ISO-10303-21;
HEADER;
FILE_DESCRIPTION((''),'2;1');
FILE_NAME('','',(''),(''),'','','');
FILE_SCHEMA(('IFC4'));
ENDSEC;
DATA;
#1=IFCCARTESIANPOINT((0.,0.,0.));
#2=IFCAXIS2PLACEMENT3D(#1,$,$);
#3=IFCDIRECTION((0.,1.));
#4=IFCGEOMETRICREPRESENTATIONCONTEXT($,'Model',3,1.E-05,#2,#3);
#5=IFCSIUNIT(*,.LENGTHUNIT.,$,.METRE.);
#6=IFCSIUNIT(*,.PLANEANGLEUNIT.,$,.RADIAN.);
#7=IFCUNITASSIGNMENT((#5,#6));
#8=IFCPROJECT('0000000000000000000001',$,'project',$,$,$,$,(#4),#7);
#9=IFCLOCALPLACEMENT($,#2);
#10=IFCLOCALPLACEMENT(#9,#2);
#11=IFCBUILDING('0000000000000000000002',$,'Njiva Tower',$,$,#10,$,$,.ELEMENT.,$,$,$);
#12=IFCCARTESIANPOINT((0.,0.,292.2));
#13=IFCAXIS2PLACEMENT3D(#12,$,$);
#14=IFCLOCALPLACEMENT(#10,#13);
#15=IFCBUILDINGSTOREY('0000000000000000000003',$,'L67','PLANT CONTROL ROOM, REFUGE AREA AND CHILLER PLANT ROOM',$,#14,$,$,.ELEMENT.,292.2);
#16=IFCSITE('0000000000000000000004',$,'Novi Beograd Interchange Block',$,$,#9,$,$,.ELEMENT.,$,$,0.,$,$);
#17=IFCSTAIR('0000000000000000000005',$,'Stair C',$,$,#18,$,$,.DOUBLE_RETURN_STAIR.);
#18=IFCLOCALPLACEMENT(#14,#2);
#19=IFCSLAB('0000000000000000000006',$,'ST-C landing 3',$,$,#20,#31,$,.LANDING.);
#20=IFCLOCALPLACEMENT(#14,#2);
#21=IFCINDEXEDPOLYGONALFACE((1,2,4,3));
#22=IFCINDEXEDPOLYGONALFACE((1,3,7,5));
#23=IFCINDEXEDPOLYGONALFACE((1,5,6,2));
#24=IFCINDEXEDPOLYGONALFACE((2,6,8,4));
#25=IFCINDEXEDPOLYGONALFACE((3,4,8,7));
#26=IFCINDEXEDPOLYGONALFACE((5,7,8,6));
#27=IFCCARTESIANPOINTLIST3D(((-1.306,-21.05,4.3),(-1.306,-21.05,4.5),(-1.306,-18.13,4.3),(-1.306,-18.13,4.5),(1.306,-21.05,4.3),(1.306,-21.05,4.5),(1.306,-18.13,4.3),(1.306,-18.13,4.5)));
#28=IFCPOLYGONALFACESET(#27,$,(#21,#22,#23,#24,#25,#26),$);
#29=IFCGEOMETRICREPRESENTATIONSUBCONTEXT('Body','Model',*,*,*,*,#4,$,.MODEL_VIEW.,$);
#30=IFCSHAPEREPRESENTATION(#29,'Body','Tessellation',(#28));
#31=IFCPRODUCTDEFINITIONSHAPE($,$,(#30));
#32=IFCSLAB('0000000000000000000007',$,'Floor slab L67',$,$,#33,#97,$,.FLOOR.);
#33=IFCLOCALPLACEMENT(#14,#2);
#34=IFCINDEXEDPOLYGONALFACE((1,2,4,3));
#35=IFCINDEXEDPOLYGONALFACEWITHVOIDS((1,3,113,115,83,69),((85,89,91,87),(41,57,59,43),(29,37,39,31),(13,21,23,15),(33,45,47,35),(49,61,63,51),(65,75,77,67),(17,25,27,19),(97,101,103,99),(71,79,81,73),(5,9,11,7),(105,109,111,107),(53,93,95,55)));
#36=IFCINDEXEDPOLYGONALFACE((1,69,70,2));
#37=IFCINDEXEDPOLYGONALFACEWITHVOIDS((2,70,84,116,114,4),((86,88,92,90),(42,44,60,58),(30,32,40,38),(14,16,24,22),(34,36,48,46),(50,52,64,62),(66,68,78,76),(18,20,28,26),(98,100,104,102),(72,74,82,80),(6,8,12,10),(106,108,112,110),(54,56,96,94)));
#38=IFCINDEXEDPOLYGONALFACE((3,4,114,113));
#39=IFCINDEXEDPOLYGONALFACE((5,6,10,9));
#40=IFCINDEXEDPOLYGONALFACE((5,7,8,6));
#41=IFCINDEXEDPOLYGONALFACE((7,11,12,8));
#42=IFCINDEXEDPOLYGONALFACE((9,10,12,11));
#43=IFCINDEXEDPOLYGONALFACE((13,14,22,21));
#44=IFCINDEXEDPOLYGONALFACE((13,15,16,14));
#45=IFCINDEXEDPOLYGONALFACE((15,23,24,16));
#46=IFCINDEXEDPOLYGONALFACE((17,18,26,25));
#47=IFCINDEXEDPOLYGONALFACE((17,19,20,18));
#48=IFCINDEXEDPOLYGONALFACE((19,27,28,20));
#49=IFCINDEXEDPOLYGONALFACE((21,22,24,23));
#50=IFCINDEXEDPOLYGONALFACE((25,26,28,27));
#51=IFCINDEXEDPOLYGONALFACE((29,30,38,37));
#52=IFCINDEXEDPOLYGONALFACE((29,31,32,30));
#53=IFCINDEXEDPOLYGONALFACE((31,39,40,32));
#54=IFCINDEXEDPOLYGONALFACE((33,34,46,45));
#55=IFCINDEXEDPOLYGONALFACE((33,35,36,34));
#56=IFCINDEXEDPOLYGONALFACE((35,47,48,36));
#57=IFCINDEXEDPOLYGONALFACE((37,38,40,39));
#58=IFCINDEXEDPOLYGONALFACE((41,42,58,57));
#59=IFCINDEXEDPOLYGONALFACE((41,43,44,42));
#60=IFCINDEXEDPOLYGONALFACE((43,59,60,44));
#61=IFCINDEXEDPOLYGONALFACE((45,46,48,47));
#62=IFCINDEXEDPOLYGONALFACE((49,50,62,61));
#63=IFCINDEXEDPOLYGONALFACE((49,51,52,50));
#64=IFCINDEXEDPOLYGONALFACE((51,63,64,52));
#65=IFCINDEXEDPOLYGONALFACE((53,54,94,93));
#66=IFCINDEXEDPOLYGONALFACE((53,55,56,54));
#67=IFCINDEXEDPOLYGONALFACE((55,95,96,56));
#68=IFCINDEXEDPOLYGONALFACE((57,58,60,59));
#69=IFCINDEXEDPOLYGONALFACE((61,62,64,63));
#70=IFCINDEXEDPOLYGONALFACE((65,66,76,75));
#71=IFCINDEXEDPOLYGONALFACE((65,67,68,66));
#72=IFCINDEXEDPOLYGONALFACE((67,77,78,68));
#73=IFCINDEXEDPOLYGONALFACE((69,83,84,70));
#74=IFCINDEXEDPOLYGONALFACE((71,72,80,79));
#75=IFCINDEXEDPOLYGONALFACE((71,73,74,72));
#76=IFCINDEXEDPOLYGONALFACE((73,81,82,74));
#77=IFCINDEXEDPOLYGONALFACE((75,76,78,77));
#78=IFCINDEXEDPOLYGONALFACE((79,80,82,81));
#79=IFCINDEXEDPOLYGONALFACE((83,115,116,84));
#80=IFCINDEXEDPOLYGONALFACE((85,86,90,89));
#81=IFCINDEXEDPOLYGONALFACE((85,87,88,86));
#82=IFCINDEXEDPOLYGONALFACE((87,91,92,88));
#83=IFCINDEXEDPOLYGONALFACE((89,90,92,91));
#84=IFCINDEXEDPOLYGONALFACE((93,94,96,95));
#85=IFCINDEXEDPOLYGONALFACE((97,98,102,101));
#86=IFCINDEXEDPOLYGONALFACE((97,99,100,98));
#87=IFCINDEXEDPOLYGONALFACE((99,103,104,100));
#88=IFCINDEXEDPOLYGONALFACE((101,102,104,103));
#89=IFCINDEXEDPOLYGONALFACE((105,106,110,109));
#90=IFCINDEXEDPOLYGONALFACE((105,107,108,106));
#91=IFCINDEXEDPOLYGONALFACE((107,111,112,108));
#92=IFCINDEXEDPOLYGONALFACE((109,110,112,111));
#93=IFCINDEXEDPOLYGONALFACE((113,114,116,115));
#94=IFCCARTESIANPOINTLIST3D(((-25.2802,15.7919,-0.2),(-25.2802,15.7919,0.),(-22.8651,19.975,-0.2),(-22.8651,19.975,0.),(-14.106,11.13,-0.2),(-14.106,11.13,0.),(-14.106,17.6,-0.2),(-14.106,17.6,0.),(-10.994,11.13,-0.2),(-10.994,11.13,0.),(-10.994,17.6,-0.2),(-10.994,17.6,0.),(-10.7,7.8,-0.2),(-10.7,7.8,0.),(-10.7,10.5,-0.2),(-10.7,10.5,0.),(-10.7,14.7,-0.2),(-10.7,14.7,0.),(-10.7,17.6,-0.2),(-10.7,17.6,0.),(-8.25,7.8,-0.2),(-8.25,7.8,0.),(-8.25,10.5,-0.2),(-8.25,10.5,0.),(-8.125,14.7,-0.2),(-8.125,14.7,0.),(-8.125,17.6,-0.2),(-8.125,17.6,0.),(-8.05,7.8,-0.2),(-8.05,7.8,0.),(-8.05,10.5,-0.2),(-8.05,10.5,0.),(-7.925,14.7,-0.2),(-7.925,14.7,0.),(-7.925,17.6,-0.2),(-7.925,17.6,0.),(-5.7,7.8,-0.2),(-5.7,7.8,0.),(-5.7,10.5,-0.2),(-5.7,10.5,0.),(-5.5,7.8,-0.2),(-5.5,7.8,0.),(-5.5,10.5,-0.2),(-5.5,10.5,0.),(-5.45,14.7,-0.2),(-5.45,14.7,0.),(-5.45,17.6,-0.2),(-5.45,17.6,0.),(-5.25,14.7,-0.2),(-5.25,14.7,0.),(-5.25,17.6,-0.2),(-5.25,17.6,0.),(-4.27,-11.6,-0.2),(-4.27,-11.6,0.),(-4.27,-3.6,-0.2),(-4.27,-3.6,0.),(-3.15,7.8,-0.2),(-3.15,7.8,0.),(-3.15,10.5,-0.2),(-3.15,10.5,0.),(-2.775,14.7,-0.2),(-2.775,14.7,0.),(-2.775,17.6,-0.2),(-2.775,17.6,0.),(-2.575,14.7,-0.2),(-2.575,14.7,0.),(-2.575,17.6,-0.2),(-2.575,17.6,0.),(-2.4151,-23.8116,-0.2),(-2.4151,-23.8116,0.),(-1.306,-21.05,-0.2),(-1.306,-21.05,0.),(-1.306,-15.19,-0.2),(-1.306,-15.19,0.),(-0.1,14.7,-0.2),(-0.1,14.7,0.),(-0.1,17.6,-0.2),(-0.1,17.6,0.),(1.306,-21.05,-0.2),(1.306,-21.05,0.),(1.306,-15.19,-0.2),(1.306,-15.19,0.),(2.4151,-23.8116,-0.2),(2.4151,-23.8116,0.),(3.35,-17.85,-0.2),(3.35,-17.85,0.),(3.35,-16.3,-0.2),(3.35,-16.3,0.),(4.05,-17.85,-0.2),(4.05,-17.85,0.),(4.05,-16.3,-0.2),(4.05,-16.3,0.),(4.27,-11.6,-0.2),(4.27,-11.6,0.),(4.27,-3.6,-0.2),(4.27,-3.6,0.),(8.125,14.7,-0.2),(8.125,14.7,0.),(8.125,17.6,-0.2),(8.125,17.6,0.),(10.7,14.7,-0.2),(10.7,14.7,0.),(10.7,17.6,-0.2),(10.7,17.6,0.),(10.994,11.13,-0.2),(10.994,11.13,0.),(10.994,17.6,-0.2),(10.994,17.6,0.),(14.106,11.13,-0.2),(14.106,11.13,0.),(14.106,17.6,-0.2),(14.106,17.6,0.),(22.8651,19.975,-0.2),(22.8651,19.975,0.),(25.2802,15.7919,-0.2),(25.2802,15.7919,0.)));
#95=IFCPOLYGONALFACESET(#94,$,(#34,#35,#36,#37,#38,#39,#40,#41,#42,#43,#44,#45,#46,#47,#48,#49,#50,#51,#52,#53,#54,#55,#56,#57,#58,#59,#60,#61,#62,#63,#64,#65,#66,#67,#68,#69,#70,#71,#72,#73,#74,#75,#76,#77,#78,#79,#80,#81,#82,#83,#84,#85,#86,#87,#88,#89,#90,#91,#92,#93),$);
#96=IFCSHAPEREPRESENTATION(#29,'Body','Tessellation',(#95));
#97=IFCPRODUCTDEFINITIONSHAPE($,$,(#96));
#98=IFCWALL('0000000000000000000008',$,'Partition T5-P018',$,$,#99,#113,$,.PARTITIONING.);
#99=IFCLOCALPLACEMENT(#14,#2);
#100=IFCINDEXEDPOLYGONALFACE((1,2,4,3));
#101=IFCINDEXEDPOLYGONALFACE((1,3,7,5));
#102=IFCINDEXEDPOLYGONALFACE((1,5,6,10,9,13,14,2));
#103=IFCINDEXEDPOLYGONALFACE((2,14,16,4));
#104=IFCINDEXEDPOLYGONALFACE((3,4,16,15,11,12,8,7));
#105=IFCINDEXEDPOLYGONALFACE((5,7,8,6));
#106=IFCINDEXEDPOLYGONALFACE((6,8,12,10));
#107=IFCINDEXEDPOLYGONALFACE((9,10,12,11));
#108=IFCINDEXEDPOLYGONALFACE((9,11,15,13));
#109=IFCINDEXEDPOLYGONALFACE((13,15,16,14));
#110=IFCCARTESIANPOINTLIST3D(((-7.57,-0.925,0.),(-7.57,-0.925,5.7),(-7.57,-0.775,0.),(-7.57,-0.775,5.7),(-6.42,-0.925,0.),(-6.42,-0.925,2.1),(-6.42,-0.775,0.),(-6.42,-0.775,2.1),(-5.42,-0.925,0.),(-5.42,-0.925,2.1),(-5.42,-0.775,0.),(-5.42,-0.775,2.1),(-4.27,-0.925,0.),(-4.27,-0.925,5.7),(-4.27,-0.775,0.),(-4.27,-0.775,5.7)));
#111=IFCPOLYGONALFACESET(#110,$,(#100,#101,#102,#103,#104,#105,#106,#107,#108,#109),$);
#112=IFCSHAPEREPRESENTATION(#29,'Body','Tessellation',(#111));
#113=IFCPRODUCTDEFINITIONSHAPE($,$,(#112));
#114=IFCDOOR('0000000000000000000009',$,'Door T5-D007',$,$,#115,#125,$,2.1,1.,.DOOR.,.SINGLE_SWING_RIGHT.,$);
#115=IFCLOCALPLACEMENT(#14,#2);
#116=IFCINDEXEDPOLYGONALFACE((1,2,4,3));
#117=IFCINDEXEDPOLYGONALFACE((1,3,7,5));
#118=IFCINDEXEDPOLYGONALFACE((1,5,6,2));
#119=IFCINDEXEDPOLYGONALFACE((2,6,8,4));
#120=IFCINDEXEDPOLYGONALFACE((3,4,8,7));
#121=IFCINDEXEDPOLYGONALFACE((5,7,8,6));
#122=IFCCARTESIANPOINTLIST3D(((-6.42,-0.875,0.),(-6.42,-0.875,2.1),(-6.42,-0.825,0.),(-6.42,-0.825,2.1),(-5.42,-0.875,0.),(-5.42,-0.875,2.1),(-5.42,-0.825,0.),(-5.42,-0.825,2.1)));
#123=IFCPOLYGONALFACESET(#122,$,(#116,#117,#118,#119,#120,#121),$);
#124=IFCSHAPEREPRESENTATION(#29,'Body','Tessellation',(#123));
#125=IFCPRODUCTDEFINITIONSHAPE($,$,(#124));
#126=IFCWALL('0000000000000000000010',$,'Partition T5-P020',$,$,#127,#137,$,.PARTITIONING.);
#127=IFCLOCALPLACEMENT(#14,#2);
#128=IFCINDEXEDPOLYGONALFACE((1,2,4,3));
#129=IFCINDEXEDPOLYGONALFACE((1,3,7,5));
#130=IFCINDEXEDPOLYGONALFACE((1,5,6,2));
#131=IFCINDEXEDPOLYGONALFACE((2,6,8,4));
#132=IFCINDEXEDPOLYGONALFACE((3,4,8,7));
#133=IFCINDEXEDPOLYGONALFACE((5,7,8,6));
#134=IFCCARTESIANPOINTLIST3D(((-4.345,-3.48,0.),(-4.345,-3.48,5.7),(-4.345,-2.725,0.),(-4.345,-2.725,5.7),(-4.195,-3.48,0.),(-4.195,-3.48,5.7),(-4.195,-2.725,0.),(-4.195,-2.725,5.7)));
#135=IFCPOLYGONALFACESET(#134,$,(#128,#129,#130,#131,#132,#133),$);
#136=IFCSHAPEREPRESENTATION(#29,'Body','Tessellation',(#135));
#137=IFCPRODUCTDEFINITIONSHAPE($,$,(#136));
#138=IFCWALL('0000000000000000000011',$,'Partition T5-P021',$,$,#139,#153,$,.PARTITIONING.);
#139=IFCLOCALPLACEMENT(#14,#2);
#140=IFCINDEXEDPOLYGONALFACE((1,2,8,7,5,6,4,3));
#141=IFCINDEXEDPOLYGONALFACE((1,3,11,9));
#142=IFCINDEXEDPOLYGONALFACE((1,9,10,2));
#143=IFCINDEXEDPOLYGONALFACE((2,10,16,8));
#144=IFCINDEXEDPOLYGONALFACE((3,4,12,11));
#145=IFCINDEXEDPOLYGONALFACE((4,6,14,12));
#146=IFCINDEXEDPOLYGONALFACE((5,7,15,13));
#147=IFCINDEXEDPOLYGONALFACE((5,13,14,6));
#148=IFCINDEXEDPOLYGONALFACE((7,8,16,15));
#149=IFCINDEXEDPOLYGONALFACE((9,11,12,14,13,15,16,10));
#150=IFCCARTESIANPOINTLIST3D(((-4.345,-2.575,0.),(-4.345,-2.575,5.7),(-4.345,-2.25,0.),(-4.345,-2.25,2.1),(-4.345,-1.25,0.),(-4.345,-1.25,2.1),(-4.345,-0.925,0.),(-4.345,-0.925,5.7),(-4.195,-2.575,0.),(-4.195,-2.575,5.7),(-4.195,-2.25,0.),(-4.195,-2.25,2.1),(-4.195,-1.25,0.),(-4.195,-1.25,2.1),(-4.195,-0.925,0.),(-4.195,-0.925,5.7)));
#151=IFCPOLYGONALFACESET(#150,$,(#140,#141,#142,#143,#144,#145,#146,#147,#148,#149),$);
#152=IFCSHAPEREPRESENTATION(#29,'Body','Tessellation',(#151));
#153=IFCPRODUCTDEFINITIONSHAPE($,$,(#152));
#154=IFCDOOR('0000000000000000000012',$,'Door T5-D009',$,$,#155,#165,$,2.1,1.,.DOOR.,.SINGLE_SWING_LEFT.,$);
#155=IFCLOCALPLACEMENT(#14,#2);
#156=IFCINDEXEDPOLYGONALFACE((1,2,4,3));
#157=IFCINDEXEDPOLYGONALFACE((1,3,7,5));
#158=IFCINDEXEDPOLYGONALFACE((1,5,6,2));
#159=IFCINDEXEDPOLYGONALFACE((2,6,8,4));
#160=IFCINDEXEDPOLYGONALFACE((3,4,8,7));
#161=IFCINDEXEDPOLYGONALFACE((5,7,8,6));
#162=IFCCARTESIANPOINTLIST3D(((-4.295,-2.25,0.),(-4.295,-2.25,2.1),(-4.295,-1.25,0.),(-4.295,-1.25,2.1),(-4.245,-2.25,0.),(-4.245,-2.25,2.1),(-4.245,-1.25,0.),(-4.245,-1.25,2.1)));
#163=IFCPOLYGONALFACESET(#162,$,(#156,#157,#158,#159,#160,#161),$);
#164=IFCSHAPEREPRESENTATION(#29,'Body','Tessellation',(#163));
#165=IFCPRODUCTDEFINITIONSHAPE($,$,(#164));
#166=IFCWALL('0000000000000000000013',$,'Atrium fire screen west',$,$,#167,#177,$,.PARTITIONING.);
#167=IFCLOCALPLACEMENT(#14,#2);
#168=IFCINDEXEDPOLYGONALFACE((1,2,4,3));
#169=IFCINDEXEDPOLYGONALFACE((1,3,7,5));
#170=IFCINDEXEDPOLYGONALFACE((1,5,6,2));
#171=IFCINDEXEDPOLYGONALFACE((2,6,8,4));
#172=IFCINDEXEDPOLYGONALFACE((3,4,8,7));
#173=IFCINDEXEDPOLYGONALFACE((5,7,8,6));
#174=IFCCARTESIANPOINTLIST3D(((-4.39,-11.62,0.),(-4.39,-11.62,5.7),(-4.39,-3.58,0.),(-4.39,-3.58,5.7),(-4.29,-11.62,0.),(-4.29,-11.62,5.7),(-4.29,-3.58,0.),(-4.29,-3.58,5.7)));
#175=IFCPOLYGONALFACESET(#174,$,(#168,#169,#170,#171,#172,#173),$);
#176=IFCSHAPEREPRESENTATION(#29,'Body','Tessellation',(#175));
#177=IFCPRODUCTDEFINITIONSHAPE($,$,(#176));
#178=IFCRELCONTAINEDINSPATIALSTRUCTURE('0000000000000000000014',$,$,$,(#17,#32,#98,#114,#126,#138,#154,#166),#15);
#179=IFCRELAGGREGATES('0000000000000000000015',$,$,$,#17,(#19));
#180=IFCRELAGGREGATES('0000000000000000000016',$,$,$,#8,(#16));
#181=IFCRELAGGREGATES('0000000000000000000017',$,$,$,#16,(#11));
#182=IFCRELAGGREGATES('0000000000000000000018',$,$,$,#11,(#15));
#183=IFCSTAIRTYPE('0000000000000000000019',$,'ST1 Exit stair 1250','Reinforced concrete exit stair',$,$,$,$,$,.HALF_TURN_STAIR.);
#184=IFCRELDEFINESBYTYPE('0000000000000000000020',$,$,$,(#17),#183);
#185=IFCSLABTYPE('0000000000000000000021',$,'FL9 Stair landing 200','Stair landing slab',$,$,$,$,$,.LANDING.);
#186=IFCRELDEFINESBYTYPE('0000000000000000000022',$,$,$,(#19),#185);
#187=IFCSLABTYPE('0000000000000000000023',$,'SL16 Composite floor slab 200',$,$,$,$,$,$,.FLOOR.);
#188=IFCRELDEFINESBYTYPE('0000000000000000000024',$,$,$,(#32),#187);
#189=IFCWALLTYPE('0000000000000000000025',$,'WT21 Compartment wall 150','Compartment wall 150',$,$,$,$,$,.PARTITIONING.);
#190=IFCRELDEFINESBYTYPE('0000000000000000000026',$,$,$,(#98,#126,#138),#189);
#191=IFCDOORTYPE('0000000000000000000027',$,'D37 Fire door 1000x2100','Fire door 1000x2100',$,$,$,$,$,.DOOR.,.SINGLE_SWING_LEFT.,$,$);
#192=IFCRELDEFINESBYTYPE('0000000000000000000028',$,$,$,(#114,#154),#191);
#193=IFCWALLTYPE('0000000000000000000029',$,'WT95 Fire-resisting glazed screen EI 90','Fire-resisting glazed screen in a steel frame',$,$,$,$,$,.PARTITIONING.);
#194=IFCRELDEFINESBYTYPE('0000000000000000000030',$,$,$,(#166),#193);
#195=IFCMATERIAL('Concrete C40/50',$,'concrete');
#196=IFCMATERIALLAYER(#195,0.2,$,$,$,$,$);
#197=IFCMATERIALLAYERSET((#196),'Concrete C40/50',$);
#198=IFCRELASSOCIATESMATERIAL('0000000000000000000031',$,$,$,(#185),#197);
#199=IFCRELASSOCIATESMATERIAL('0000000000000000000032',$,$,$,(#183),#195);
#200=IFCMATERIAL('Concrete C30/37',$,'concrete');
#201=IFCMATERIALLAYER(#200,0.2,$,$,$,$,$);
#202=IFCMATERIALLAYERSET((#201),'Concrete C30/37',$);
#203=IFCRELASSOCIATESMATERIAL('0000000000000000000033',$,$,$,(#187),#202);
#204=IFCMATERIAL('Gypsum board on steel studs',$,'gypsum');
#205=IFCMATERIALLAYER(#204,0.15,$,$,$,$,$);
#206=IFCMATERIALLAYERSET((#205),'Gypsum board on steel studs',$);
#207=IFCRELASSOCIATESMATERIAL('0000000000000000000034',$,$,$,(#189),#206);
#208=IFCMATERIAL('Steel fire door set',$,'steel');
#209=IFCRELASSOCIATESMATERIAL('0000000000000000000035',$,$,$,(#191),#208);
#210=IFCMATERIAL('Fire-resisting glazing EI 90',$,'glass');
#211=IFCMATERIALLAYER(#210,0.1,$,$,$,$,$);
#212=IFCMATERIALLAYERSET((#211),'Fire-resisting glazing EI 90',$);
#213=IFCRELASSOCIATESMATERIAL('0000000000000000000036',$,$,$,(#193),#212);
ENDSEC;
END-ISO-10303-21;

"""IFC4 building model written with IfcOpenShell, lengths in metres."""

from ifc_helpers import new_model, si_unit, direction, frame, frame_2d, origin, place, context, subcontext, project, spatial, polyline, rectangle, outline, extrude, material, layer, layer_set, type_object, element, fill, aggregate, save


model = new_model("IFC4")

# Units and contexts
model_context = context("Model", 3, precision=1e-05, world=origin(), true_north=direction((0.0, 1.0)))
body_context = subcontext(model_context, "Body", "Model", "MODEL_VIEW")
ifc_project = project(units=[si_unit("LENGTHUNIT", "METRE"), si_unit("PLANEANGLEUNIT", "RADIAN")], contexts=[model_context])

# Site, building, storey
site_placement = place(None, origin())
site = spatial("IfcSite", under=ifc_project, at=site_placement, Name="Novi Beograd Interchange Block", CompositionType="ELEMENT", RefElevation=0.0)
building_placement = place(site_placement, origin())
building = spatial("IfcBuilding", under=site, at=building_placement, Name="Njiva Tower", CompositionType="ELEMENT")
storey_placement = place(building_placement, frame((0.0, 0.0, 292.2)))
storey = spatial("IfcBuildingStorey", under=building, at=storey_placement, Name="L67", Description="PLANT CONTROL ROOM, REFUGE AREA AND CHILLER PLANT ROOM", CompositionType="ELEMENT", Elevation=292.2)

# Stair, slab
ifc_material_1 = material(Name="Concrete C40/50", Category="concrete")
ifc_layer_1 = layer(ifc_material_1, 0.2)
ifc_layer_set_1 = layer_set([ifc_layer_1], Name="Concrete C40/50")
slab_type_1 = type_object("IfcSlabType", Name="FL9 Stair landing 200", Description="Stair landing slab", PredefinedType="LANDING", material=ifc_layer_set_1)
stair_type_1 = type_object("IfcStairType", Name="ST1 Exit stair 1250", Description="Reinforced concrete exit stair", PredefinedType="HALF_TURN_STAIR", material=ifc_material_1)
stair_1_placement = place(storey_placement, origin())
stair_1 = element("IfcStair", 1, at=stair_1_placement, inside=storey, type_object=stair_type_1, Name="Stair C", PredefinedType="DOUBLE_RETURN_STAIR")
slab_1_placement = place(storey_placement, frame((0.0, 0.0, 4.3)))
slab_1 = element("IfcSlab", 2, at=slab_1_placement, type_object=slab_type_1, Name="ST-C landing 3", PredefinedType="LANDING", context=body_context, shape_type="SweptSolid", body=[
    extrude(outline(polyline([(-1.306, -21.05), (1.306, -21.05), (1.306, -18.13), (-1.306, -18.13), (-1.306, -21.05)])), origin(), (0.0, 0.0, 1.0), 0.2),
])
aggregate(stair_1, [slab_1])

# Slab
ifc_material_2 = material(Name="Concrete C30/37", Category="concrete")
ifc_layer_2 = layer(ifc_material_2, 0.2)
ifc_layer_set_2 = layer_set([ifc_layer_2], Name="Concrete C30/37")
slab_type_2 = type_object("IfcSlabType", Name="SL16 Composite floor slab 200", PredefinedType="FLOOR", material=ifc_layer_set_2)
slab_2_placement = place(storey_placement, frame((0.0, 0.0, -0.2)))
element("IfcSlab", 3, at=slab_2_placement, inside=storey, type_object=slab_type_2, Name="Floor slab L67", PredefinedType="FLOOR", context=body_context, shape_type="SweptSolid", body=[
    extrude(outline(polyline([(25.2802, 15.7919), (2.4151, -23.8116), (-2.4151, -23.8116), (-25.2802, 15.7919), (-22.8651, 19.975), (22.8651, 19.975), (25.2802, 15.7919)]), holes=[polyline([(10.994, 11.13), (14.106, 11.13), (14.106, 17.6), (10.994, 17.6), (10.994, 11.13)]), polyline([(8.125, 14.7), (10.7, 14.7), (10.7, 17.6), (8.125, 17.6), (8.125, 14.7)]), polyline([(4.27, -11.6), (4.27, -3.6), (-4.27, -3.6), (-4.27, -11.6), (4.27, -11.6)]), polyline([(3.35, -17.85), (4.05, -17.85), (4.05, -16.3), (3.35, -16.3), (3.35, -17.85)]), polyline([(-1.306, -21.05), (1.306, -21.05), (1.306, -15.19), (-1.306, -15.19), (-1.306, -21.05)]), polyline([(-2.575, 14.7), (-0.1, 14.7), (-0.1, 17.6), (-2.575, 17.6), (-2.575, 14.7)]), polyline([(-2.775, 14.7), (-2.775, 17.6), (-5.25, 17.6), (-5.25, 14.7), (-2.775, 14.7)]), polyline([(-5.5, 7.8), (-3.15, 7.8), (-3.15, 10.5), (-5.5, 10.5), (-5.5, 7.8)]), polyline([(-7.925, 14.7), (-5.45, 14.7), (-5.45, 17.6), (-7.925, 17.6), (-7.925, 14.7)]), polyline([(-8.05, 7.8), (-5.7, 7.8), (-5.7, 10.5), (-8.05, 10.5), (-8.05, 7.8)]), polyline([(-10.7, 14.7), (-8.125, 14.7), (-8.125, 17.6), (-10.7, 17.6), (-10.7, 14.7)]), polyline([(-8.25, 7.8), (-8.25, 10.5), (-10.7, 10.5), (-10.7, 7.8), (-8.25, 7.8)]), polyline([(-10.994, 11.13), (-10.994, 17.6), (-14.106, 17.6), (-14.106, 11.13), (-10.994, 11.13)])]), origin(), (0.0, 0.0, 1.0), 0.2),
])

# Wall, opening, door
ifc_material_3 = material(Name="Gypsum board on steel studs", Category="gypsum")
ifc_layer_3 = layer(ifc_material_3, 0.15)
ifc_layer_set_3 = layer_set([ifc_layer_3], Name="Gypsum board on steel studs")
wall_type_1 = type_object("IfcWallType", Name="WT21 Compartment wall 150", Description="Compartment wall 150", PredefinedType="PARTITIONING", material=ifc_layer_set_3)
wall_1_placement = place(storey_placement, frame((-7.57, -0.85, 0.0), z_axis=(0.0, 0.0, 1.0), x_axis=(1.0, 0.0, 0.0)))
wall_1 = element("IfcWall", 4, at=wall_1_placement, inside=storey, type_object=wall_type_1, Name="Partition T5-P018", PredefinedType="PARTITIONING", context=body_context, shape_type="SweptSolid", body=[
    extrude(rectangle(XDim=3.3, YDim=0.15, at=frame_2d((1.65, 0.0))), origin(), (0.0, 0.0, 1.0), 5.7),
])
opening_1_placement = place(wall_1_placement, frame((1.15, 0.0, 0.0)))
opening_1 = element("IfcOpeningElement", 5, at=opening_1_placement, cuts=wall_1, PredefinedType="OPENING", context=body_context, shape_type="SweptSolid", body=[
    extrude(rectangle(XDim=1.0, YDim=2.1, at=frame_2d((0.5, 1.05))), frame((0.0, 0.085, 0.0), z_axis=(0.0, -1.0, 0.0), x_axis=(1.0, 0.0, 0.0)), (0.0, 0.0, 1.0), 0.17),
])
ifc_material_4 = material(Name="Steel fire door set", Category="steel")
door_type = type_object("IfcDoorType", Name="D37 Fire door 1000x2100", Description="Fire door 1000x2100", OperationType="SINGLE_SWING_LEFT", PredefinedType="DOOR", material=ifc_material_4)
door_1_placement = place(opening_1_placement, origin())
door_1 = element("IfcDoor", 6, at=door_1_placement, inside=storey, type_object=door_type, Name="Door T5-D007", OperationType="SINGLE_SWING_RIGHT", OverallHeight=2.1, OverallWidth=1.0, PredefinedType="DOOR", context=body_context, shape_type="SweptSolid", body=[
    extrude(rectangle(XDim=1.0, YDim=2.1, at=frame_2d((0.5, 1.05))), frame((0.0, 0.025, 0.0), z_axis=(0.0, -1.0, 0.0), x_axis=(1.0, 0.0, 0.0)), (0.0, 0.0, 1.0), 0.05),
])
fill(opening_1, door_1)

# Wall
wall_2_placement = place(storey_placement, frame((-4.27, -3.48, 0.0), z_axis=(0.0, 0.0, 1.0), x_axis=(0.0, 1.0, 0.0)))
element("IfcWall", 7, at=wall_2_placement, inside=storey, type_object=wall_type_1, Name="Partition T5-P020", PredefinedType="PARTITIONING", context=body_context, shape_type="SweptSolid", body=[
    extrude(rectangle(XDim=0.755, YDim=0.15, at=frame_2d((0.3775, 0.0))), origin(), (0.0, 0.0, 1.0), 5.7),
])

# Wall, opening, door
wall_3_placement = place(storey_placement, frame((-4.27, -2.575, 0.0), z_axis=(0.0, 0.0, 1.0), x_axis=(0.0, 1.0, 0.0)))
wall_3 = element("IfcWall", 8, at=wall_3_placement, inside=storey, type_object=wall_type_1, Name="Partition T5-P021", PredefinedType="PARTITIONING", context=body_context, shape_type="SweptSolid", body=[
    extrude(rectangle(XDim=1.65, YDim=0.15, at=frame_2d((0.825, 0.0))), origin(), (0.0, 0.0, 1.0), 5.7),
])
opening_2_placement = place(wall_3_placement, frame((0.325, 0.0, 0.0)))
opening_2 = element("IfcOpeningElement", 9, at=opening_2_placement, cuts=wall_3, PredefinedType="OPENING", context=body_context, shape_type="SweptSolid", body=[
    extrude(rectangle(XDim=1.0, YDim=2.1, at=frame_2d((0.5, 1.05))), frame((0.0, 0.085, 0.0), z_axis=(0.0, -1.0, 0.0), x_axis=(1.0, 0.0, 0.0)), (0.0, 0.0, 1.0), 0.17),
])
door_2_placement = place(opening_2_placement, origin())
door_2 = element("IfcDoor", 10, at=door_2_placement, inside=storey, type_object=door_type, Name="Door T5-D009", OperationType="SINGLE_SWING_LEFT", OverallHeight=2.1, OverallWidth=1.0, PredefinedType="DOOR", context=body_context, shape_type="SweptSolid", body=[
    extrude(rectangle(XDim=1.0, YDim=2.1, at=frame_2d((0.5, 1.05))), frame((0.0, 0.025, 0.0), z_axis=(0.0, -1.0, 0.0), x_axis=(1.0, 0.0, 0.0)), (0.0, 0.0, 1.0), 0.05),
])
fill(opening_2, door_2)

# Wall
ifc_material_5 = material(Name="Fire-resisting glazing EI 90", Category="glass")
ifc_layer_4 = layer(ifc_material_5, 0.1)
ifc_layer_set_4 = layer_set([ifc_layer_4], Name="Fire-resisting glazing EI 90")
wall_type_2 = type_object("IfcWallType", Name="WT95 Fire-resisting glazed screen EI 90", Description="Fire-resisting glazed screen in a steel frame", PredefinedType="PARTITIONING", material=ifc_layer_set_4)
wall_4_placement = place(storey_placement, frame((-4.34, -3.58, 0.0), z_axis=(0.0, 0.0, 1.0), x_axis=(0.0, -1.0, 0.0)))
element("IfcWall", 11, at=wall_4_placement, inside=storey, type_object=wall_type_2, Name="Atrium fire screen west", PredefinedType="PARTITIONING", context=body_context, shape_type="SweptSolid", body=[
    extrude(rectangle(XDim=8.04, YDim=0.1, at=frame_2d((4.02, 0.0))), origin(), (0.0, 0.0, 1.0), 5.7),
])

save(model, "model.ifc")
